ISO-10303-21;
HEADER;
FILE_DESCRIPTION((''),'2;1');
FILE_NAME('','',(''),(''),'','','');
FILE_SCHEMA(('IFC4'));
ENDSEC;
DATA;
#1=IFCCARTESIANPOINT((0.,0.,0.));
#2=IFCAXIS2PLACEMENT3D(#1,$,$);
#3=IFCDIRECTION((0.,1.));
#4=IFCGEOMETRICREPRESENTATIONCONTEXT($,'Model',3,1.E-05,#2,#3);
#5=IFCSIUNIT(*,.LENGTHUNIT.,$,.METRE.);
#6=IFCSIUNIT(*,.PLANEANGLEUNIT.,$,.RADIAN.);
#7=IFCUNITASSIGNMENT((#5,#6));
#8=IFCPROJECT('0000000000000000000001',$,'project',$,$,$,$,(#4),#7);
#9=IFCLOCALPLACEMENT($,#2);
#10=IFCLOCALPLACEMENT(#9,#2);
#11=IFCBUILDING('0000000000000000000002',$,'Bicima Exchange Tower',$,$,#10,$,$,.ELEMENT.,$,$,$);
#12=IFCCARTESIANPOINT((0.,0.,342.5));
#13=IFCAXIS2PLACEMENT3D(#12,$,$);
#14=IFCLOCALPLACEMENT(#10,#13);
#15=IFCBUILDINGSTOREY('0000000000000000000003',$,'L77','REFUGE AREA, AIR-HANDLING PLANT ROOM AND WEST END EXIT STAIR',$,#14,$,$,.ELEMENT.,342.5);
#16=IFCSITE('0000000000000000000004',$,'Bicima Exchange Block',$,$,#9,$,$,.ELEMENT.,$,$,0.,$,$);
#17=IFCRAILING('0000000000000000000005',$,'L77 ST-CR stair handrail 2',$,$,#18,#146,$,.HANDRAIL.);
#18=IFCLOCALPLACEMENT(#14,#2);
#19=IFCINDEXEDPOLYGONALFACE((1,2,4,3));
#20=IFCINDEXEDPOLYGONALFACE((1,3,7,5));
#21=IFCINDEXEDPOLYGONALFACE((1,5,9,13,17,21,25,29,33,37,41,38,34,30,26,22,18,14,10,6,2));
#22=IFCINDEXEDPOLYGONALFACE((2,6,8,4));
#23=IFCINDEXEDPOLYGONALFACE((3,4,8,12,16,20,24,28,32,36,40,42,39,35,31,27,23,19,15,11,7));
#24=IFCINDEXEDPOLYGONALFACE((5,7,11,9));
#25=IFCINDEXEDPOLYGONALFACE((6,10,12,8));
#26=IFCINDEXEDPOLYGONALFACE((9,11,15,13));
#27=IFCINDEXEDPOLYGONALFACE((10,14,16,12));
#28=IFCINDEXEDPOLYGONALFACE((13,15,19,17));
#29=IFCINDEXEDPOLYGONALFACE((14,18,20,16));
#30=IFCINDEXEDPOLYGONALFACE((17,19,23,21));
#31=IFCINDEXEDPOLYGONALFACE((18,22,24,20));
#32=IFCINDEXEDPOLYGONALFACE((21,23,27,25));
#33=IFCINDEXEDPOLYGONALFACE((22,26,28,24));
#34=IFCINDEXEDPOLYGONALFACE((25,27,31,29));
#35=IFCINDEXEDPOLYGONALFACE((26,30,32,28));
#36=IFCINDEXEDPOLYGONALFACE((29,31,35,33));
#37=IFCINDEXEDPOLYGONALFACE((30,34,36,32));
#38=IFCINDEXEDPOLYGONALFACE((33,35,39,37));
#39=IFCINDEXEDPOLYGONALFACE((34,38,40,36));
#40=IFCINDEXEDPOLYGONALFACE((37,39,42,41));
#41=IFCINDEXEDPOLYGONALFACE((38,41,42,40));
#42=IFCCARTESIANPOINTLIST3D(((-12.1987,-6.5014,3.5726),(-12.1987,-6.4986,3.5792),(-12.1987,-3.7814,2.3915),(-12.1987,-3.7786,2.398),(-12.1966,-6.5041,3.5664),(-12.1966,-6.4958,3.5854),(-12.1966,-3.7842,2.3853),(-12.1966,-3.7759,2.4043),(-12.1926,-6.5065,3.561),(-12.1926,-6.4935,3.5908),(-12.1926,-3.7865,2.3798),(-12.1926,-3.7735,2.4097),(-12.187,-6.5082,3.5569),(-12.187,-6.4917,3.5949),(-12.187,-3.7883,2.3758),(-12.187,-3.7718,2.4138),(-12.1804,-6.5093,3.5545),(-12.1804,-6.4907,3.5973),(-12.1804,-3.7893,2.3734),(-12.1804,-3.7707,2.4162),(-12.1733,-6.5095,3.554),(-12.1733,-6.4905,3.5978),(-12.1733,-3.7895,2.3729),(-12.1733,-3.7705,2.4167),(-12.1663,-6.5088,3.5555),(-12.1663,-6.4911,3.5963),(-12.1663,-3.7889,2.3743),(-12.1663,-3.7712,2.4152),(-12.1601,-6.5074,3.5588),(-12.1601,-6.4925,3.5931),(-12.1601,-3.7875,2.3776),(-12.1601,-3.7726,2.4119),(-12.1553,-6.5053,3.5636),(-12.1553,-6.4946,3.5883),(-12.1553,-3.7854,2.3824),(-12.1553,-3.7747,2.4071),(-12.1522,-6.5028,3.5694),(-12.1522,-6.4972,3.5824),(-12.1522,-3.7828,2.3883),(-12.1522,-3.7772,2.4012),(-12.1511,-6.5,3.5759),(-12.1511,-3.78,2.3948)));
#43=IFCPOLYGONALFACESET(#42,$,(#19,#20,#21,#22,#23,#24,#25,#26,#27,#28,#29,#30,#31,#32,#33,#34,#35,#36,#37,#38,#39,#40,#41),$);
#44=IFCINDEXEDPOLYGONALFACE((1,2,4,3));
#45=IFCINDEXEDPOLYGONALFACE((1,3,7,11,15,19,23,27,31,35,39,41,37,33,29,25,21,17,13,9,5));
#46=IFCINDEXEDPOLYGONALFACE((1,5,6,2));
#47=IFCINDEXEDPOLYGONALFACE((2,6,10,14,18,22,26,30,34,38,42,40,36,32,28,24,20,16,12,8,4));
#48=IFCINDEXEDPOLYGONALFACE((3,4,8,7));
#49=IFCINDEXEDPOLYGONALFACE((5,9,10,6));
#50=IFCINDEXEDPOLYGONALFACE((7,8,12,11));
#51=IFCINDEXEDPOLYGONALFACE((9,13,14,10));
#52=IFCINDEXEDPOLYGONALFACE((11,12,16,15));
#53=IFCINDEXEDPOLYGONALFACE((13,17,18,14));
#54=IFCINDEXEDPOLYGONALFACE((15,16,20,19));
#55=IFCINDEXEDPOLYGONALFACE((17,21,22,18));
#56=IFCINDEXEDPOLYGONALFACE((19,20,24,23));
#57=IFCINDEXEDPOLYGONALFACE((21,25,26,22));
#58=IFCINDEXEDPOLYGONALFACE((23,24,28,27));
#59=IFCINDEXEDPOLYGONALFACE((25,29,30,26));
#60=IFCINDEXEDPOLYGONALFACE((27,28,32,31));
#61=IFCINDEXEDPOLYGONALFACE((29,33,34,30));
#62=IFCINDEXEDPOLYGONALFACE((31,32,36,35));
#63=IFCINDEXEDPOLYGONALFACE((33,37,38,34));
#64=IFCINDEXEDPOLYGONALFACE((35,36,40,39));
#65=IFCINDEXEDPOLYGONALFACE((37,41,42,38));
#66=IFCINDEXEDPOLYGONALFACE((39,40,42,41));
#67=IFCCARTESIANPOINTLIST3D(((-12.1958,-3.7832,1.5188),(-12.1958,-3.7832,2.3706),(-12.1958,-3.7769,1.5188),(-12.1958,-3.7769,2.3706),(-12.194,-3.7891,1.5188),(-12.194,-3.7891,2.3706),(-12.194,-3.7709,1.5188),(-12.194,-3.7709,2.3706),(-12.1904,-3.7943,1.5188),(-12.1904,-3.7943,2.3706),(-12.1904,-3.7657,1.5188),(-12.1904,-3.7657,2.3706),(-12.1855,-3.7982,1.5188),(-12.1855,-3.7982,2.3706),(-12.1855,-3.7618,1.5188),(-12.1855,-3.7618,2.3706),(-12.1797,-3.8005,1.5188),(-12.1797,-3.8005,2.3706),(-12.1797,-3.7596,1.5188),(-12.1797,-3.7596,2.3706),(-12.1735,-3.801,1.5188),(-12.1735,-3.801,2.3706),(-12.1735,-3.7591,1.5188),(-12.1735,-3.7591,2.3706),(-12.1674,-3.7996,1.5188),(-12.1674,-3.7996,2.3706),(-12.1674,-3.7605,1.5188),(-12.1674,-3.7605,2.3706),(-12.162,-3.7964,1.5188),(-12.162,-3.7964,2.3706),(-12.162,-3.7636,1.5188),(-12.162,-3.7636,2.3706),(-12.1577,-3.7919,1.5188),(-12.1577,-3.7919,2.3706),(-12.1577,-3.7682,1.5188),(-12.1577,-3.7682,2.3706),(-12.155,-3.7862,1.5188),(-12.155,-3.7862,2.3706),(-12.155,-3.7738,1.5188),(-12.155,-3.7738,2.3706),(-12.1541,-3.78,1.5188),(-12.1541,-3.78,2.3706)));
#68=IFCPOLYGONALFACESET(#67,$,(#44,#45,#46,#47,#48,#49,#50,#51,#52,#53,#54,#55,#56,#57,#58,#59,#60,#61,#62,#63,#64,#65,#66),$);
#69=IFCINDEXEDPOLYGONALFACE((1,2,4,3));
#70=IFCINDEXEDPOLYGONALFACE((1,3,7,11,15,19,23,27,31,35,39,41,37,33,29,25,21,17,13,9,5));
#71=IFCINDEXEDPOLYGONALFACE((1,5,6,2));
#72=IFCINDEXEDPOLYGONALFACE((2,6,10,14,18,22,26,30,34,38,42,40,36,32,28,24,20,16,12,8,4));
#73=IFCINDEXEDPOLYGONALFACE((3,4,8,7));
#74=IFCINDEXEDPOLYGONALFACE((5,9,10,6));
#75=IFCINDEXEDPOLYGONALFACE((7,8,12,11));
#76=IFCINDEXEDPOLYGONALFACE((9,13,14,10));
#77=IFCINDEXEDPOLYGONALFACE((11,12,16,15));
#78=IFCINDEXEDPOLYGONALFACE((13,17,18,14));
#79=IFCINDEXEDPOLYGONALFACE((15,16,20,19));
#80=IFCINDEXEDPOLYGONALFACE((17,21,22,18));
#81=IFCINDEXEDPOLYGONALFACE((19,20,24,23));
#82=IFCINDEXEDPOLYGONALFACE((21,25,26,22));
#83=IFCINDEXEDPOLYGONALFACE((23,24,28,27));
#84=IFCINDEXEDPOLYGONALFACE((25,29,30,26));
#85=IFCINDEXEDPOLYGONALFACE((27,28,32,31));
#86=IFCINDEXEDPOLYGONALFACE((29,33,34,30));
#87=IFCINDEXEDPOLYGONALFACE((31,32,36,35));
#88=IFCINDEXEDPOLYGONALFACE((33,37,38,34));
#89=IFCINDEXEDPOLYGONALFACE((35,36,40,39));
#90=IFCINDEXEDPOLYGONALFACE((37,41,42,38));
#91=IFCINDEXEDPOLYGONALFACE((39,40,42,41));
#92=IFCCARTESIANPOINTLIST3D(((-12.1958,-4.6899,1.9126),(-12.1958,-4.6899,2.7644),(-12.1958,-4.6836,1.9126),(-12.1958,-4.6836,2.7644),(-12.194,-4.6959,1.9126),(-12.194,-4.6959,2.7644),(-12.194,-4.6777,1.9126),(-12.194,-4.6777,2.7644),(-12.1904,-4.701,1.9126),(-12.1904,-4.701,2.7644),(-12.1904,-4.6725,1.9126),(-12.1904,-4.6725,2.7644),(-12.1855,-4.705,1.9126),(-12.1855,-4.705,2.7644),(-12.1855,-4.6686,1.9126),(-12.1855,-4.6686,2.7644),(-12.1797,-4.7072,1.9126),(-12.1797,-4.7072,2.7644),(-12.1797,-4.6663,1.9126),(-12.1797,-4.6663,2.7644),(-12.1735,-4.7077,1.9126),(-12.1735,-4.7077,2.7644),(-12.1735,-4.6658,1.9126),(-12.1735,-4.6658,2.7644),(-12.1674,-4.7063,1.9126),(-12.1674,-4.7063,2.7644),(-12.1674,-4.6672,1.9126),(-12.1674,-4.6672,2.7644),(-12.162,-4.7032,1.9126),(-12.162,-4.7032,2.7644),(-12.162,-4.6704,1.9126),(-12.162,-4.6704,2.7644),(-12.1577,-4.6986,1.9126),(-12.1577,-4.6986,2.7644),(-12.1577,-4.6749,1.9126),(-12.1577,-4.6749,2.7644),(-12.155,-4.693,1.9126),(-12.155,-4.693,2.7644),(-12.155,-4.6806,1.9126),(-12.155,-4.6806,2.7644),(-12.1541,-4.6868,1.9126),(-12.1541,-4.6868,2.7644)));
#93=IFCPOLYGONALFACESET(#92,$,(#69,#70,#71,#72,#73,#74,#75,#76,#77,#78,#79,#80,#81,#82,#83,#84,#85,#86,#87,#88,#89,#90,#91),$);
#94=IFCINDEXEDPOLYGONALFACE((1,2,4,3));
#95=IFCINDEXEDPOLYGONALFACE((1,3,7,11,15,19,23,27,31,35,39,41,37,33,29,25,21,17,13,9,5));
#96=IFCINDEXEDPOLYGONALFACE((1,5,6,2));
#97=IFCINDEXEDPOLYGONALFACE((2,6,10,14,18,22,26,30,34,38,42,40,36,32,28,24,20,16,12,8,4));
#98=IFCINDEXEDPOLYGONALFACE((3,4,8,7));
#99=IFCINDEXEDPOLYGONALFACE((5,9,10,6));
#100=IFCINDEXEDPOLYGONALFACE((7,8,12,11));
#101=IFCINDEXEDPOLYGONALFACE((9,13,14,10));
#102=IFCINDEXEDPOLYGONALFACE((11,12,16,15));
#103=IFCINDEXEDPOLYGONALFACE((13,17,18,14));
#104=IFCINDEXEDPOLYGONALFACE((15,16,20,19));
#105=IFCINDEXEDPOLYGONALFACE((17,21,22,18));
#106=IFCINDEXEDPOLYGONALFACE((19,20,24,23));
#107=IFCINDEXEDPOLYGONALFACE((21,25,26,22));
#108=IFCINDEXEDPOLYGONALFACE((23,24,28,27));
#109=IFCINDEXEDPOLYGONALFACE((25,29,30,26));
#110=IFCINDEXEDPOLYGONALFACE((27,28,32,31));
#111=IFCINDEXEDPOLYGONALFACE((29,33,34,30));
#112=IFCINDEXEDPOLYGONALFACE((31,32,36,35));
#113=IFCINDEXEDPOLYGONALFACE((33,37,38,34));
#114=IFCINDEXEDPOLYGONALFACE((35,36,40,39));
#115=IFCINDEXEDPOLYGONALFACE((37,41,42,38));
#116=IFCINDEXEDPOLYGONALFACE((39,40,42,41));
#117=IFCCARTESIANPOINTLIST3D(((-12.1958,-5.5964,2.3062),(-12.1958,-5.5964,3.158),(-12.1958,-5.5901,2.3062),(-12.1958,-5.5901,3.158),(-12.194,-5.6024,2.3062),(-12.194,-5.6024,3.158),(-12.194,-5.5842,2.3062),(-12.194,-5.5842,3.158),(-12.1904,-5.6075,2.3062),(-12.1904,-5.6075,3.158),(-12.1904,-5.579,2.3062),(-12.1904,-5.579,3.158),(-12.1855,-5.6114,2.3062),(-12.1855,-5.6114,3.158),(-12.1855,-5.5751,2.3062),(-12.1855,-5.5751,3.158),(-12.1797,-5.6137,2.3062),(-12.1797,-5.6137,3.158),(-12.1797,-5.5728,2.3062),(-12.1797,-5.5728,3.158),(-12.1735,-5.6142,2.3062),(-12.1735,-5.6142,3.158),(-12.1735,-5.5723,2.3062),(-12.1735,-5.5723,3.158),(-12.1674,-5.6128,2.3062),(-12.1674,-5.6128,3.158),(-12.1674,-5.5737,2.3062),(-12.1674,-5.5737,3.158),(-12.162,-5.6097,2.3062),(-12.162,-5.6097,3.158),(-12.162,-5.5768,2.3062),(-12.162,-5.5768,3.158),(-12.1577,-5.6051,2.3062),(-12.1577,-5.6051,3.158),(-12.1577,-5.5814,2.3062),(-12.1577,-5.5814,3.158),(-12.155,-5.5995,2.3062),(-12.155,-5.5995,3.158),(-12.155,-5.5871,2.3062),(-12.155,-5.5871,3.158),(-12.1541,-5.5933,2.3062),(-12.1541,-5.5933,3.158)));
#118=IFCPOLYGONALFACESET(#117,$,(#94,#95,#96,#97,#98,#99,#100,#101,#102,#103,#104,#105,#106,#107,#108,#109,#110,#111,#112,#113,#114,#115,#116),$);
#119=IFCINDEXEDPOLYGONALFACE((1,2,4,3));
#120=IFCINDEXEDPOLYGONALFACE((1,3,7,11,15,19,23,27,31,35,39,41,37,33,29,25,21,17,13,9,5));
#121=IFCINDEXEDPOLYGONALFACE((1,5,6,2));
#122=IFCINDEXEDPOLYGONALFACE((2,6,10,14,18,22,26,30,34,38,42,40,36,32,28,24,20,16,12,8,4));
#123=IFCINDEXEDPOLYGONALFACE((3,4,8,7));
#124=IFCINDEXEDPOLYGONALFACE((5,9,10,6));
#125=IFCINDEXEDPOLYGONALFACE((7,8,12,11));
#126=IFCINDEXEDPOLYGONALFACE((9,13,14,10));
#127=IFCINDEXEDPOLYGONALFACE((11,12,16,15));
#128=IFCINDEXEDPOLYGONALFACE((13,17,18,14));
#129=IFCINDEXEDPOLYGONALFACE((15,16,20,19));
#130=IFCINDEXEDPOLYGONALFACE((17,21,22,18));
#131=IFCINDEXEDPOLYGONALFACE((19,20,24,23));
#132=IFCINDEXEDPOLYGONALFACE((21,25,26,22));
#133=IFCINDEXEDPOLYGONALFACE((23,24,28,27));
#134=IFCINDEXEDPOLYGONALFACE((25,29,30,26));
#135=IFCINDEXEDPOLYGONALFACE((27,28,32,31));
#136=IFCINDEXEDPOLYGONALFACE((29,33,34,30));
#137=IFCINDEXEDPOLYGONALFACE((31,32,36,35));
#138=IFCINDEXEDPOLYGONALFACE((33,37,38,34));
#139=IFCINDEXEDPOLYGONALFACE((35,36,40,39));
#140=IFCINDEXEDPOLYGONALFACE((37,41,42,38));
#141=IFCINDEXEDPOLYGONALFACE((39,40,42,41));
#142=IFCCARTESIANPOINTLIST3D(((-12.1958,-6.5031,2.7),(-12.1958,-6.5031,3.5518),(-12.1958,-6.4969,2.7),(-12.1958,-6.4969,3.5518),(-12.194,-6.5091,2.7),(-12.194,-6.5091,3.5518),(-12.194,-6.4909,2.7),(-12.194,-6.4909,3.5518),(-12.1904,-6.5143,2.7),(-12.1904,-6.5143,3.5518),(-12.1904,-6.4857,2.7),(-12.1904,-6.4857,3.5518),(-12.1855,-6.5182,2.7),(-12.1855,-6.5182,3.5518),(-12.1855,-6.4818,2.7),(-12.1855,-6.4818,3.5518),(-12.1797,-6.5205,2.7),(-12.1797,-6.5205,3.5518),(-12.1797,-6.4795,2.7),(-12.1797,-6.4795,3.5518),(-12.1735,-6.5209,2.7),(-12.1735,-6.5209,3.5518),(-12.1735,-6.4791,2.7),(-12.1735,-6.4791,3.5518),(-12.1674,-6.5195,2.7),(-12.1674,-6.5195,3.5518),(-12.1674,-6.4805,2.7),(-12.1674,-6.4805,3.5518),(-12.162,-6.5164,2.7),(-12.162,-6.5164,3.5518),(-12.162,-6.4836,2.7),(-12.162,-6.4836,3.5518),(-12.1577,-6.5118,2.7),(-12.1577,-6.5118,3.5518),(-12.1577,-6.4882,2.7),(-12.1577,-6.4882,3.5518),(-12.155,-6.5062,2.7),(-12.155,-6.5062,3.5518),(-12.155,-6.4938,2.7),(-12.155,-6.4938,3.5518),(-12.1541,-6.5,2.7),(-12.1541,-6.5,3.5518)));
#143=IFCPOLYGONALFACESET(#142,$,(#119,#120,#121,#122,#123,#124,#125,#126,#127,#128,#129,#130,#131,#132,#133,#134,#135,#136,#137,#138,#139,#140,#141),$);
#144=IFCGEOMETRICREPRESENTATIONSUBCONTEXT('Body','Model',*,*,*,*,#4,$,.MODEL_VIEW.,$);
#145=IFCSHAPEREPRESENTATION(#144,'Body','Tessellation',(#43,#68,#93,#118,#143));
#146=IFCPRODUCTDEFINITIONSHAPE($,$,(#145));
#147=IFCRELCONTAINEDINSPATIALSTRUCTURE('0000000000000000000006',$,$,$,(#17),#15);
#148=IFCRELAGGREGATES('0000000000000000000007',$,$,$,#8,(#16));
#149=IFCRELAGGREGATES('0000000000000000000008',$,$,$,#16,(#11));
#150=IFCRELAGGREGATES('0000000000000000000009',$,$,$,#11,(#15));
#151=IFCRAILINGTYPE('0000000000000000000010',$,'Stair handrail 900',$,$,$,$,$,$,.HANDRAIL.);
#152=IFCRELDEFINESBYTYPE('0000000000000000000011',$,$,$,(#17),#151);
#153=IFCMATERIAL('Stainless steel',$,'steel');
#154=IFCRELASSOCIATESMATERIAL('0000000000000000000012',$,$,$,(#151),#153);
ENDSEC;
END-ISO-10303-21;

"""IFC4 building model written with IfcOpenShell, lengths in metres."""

from ifc_helpers import new_model, si_unit, direction, frame, origin, origin_2d, place, context, subcontext, project, spatial, circle, extrude, material, type_object, element, save


model = new_model("IFC4")

# Units and contexts
model_context = context("Model", 3, precision=1e-05, world=origin(), true_north=direction((0.0, 1.0)))
body_context = subcontext(model_context, "Body", "Model", "MODEL_VIEW")
ifc_project = project(units=[si_unit("LENGTHUNIT", "METRE"), si_unit("PLANEANGLEUNIT", "RADIAN")], contexts=[model_context])

# Site, building, storey
site_placement = place(None, origin())
site = spatial("IfcSite", under=ifc_project, at=site_placement, Name="Bicima Exchange Block", CompositionType="ELEMENT", RefElevation=0.0)
building_placement = place(site_placement, origin())
building = spatial("IfcBuilding", under=site, at=building_placement, Name="Bicima Exchange Tower", CompositionType="ELEMENT")
storey_placement = place(building_placement, frame((0.0, 0.0, 342.5)))
storey = spatial("IfcBuildingStorey", under=building, at=storey_placement, Name="L77", Description="REFUGE AREA, AIR-HANDLING PLANT ROOM AND WEST END EXIT STAIR", CompositionType="ELEMENT", Elevation=342.5)

# Railing
ifc_material_1 = material(Name="Stainless steel", Category="steel")
railing_type_1 = type_object("IfcRailingType", Name="Stair handrail 900", PredefinedType="HANDRAIL", material=ifc_material_1)
railing_1_placement = place(storey_placement, frame((-12.175, -3.78, 1.5188)))
element("IfcRailing", 1, at=railing_1_placement, inside=storey, type_object=railing_type_1, Name="L77 ST-CR stair handrail 2", PredefinedType="HANDRAIL", context=body_context, shape_type="SweptSolid", body=[
    extrude(circle(Radius=0.0239, at=origin_2d()), frame((0.0, 0.0, 0.876), z_axis=(0.0, -0.917248, 0.398317), x_axis=(1.0, 0.0, 0.0)), (0.0, 0.0, 1.0), 2.9653),
    extrude(circle(Radius=0.021, at=origin_2d()), origin(), (0.0, 0.0, 1.0), 0.8518),
    extrude(circle(Radius=0.021, at=origin_2d()), frame((0.0, -0.9067, 0.3938)), (0.0, 0.0, 1.0), 0.8518),
    extrude(circle(Radius=0.021, at=origin_2d()), frame((0.0, -1.8132, 0.7874)), (0.0, 0.0, 1.0), 0.8518),
    extrude(circle(Radius=0.021, at=origin_2d()), frame((0.0, -2.72, 1.1812)), (0.0, 0.0, 1.0), 0.8518),
])

save(model, "model.ifc")
